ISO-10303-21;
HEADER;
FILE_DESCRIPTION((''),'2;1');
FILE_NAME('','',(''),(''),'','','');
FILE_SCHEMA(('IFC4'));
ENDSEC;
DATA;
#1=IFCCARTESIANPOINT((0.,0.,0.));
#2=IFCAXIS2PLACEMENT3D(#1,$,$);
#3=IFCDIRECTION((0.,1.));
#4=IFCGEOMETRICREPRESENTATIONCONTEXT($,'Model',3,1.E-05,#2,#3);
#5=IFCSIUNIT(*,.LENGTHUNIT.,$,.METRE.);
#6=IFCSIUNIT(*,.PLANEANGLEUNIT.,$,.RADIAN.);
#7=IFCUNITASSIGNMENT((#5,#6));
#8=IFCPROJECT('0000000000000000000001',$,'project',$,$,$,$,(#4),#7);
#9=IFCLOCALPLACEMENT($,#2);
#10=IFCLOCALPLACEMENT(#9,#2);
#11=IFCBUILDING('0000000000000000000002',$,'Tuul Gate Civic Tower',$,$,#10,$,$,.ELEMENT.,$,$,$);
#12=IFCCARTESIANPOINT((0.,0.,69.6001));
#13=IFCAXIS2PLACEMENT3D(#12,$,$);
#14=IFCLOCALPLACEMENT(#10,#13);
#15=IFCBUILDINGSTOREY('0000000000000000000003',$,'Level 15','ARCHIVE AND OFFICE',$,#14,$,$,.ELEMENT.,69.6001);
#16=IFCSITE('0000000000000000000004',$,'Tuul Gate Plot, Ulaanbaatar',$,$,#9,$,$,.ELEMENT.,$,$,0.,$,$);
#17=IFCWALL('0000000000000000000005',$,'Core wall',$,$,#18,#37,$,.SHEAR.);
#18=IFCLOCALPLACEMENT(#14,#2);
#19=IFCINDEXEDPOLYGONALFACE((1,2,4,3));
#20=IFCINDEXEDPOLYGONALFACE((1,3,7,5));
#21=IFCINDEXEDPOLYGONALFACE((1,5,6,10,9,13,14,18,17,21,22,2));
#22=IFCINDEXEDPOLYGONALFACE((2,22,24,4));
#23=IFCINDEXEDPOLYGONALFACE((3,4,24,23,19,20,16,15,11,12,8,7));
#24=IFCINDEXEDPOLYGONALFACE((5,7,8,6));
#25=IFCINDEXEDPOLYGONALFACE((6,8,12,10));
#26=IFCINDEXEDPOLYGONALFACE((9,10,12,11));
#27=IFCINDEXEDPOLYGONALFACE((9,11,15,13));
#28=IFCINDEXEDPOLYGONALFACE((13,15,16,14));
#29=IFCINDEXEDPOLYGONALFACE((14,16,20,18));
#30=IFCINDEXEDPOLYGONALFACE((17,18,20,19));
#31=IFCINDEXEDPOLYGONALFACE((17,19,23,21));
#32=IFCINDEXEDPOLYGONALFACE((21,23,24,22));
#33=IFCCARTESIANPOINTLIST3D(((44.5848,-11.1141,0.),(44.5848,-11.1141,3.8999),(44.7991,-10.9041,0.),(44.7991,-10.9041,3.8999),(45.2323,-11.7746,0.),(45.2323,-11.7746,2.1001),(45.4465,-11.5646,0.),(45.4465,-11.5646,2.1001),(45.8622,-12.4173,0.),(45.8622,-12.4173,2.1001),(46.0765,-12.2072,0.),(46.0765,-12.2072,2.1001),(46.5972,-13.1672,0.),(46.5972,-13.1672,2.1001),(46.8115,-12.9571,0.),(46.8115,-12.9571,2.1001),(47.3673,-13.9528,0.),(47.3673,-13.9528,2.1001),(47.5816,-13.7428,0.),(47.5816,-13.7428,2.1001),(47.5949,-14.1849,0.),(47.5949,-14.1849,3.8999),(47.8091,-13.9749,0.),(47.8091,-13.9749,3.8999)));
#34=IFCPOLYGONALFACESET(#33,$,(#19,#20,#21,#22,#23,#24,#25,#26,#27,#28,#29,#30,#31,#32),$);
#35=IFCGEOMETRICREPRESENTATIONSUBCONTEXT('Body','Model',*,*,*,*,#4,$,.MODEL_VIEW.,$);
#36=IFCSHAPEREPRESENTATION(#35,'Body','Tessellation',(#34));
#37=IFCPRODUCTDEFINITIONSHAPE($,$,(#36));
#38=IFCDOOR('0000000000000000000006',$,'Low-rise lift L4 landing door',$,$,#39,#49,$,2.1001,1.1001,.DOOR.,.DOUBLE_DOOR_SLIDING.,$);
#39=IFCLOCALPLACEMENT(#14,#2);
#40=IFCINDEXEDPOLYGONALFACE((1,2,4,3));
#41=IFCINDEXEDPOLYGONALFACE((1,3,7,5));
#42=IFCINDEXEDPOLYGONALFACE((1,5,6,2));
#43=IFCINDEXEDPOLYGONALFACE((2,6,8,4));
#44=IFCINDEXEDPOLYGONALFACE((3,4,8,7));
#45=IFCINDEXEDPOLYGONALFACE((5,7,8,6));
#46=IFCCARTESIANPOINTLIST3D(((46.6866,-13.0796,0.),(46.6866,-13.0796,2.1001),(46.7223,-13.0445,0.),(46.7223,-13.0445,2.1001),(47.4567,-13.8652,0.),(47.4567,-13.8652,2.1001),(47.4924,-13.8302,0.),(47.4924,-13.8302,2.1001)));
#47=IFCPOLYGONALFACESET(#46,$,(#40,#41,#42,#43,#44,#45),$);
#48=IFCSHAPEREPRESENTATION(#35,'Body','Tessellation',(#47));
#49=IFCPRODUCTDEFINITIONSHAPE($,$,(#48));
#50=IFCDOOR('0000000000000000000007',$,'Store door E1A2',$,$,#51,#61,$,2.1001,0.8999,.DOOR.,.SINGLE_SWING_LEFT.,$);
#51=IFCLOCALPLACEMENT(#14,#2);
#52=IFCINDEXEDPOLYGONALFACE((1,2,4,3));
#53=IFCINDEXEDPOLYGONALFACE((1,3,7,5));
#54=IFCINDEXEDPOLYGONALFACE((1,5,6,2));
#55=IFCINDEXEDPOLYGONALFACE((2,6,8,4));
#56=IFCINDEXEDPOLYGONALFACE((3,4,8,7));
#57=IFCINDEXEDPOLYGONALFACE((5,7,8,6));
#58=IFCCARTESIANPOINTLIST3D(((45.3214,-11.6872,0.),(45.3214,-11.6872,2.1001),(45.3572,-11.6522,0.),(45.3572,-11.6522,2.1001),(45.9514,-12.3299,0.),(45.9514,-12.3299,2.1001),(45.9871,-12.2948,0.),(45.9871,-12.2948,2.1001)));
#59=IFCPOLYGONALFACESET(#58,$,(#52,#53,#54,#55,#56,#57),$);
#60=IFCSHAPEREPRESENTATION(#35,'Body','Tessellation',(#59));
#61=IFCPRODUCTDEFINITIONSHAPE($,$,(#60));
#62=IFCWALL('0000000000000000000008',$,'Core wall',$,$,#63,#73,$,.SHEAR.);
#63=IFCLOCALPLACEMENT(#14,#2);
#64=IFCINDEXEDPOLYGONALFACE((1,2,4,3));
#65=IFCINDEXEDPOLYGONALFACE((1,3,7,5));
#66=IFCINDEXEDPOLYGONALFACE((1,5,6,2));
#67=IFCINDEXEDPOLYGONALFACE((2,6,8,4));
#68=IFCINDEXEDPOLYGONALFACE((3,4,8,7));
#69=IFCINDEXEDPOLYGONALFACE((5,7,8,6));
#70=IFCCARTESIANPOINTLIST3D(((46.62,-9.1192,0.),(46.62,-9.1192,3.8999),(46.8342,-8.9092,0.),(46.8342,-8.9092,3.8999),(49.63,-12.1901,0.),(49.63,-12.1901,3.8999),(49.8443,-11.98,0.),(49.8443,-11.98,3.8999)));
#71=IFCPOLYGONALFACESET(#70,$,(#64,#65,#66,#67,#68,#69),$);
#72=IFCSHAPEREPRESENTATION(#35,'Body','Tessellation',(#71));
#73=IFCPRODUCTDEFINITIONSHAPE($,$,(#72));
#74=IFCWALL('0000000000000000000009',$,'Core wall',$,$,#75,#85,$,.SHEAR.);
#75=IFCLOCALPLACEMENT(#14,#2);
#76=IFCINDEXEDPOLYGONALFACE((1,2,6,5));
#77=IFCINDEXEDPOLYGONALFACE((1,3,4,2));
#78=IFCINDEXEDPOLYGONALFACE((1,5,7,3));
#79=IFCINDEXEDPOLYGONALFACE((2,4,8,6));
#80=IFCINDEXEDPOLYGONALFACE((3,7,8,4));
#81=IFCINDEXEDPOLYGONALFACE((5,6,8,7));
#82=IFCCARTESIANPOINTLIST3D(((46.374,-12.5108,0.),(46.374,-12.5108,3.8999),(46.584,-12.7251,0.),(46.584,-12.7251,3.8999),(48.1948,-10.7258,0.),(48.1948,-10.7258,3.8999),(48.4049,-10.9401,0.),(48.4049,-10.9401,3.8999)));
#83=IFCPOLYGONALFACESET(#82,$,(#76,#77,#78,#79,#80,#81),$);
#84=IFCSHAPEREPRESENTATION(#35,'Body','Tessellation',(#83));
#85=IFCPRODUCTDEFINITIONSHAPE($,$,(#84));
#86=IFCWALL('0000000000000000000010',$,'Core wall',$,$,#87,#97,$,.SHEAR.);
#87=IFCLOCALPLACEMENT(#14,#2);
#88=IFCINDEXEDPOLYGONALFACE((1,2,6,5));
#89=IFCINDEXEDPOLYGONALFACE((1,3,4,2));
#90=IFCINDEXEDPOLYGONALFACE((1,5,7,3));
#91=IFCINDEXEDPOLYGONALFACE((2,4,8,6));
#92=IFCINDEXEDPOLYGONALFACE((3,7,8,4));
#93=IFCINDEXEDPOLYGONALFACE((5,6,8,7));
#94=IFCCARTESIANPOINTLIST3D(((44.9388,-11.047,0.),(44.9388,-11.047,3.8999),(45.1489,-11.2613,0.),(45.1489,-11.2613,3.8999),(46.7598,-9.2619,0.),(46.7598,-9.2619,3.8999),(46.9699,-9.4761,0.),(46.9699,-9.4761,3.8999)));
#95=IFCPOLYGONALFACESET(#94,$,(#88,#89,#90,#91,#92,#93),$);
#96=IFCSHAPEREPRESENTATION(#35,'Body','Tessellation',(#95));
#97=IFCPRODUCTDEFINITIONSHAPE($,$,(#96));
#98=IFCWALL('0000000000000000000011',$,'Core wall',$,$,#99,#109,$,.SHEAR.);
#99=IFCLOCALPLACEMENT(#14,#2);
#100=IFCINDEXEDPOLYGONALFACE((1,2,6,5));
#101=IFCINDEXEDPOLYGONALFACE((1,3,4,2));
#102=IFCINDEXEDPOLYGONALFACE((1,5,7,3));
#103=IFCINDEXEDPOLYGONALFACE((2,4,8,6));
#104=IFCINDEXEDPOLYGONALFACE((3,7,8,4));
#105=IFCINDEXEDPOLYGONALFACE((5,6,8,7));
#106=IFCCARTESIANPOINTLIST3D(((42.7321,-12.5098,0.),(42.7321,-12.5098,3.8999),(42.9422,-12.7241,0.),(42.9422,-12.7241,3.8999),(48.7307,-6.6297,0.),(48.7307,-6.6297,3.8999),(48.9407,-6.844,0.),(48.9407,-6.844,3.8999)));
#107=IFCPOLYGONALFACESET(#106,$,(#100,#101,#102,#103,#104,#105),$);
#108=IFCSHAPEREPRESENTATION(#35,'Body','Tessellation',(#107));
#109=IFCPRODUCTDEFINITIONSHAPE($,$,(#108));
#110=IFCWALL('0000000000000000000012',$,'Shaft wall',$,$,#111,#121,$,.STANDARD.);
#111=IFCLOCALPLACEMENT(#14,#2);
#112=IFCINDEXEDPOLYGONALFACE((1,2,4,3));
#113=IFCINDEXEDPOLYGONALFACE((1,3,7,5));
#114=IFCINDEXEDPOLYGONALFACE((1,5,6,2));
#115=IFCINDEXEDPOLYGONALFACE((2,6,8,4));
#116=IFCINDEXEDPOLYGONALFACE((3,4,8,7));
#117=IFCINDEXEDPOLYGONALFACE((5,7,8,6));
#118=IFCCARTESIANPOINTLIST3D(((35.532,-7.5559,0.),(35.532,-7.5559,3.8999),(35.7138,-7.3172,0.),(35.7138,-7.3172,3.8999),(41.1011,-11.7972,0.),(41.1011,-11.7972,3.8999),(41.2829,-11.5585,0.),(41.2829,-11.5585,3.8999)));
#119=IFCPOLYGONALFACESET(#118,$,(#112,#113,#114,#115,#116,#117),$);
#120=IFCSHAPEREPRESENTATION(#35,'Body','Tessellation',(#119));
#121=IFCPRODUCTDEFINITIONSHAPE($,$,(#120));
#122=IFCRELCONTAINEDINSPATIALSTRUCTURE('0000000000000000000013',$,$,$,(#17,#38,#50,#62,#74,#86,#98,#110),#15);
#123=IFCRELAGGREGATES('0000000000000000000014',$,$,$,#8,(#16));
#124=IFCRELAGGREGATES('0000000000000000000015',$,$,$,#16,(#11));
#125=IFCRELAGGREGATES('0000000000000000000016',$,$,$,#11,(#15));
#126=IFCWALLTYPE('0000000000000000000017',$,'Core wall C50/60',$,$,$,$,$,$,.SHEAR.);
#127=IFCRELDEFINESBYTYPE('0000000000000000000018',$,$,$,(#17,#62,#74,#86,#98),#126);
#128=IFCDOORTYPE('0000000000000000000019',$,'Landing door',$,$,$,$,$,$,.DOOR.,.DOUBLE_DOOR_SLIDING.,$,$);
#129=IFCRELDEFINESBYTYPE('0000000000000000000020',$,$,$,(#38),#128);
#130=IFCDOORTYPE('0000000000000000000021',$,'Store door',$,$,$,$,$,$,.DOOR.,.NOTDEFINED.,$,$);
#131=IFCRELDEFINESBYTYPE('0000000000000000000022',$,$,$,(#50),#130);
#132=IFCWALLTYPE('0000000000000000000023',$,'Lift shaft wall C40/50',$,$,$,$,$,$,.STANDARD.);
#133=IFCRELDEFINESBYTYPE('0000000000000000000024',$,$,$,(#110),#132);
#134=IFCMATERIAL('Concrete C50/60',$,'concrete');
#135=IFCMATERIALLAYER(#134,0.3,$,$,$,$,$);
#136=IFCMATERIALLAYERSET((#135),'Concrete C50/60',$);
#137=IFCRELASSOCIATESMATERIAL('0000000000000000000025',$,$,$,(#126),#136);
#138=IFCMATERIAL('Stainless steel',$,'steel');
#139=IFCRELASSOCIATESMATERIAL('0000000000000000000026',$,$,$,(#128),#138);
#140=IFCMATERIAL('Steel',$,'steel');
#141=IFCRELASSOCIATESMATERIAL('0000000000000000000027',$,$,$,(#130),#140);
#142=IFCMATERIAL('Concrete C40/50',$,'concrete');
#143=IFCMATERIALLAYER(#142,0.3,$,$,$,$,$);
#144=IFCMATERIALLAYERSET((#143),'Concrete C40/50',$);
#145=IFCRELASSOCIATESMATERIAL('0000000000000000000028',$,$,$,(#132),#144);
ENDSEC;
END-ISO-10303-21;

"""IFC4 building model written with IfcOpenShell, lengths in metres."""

from ifc_helpers import new_model, si_unit, direction, frame, frame_2d, origin, place, context, subcontext, project, spatial, rectangle, extrude, material, layer, layer_set, type_object, element, fill, save


model = new_model("IFC4")

# Units and contexts
model_context = context("Model", 3, precision=1e-05, world=origin(), true_north=direction((0.0, 1.0)))
body_context = subcontext(model_context, "Body", "Model", "MODEL_VIEW")
ifc_project = project(units=[si_unit("LENGTHUNIT", "METRE"), si_unit("PLANEANGLEUNIT", "RADIAN")], contexts=[model_context])

# Site, building, storey
site_placement = place(None, origin())
site = spatial("IfcSite", under=ifc_project, at=site_placement, Name="Tuul Gate Plot, Ulaanbaatar", CompositionType="ELEMENT", RefElevation=0.0)
building_placement = place(site_placement, origin())
building = spatial("IfcBuilding", under=site, at=building_placement, Name="Tuul Gate Civic Tower", CompositionType="ELEMENT")
storey_placement = place(building_placement, frame((0.0, 0.0, 69.6001)))
storey = spatial("IfcBuildingStorey", under=building, at=storey_placement, Name="Level 15", Description="ARCHIVE AND OFFICE", CompositionType="ELEMENT", Elevation=69.6001)

# Wall, openings, doors
ifc_material_1 = material(Name="Concrete C50/60", Category="concrete")
ifc_layer_1 = layer(ifc_material_1, 0.3)
ifc_layer_set_1 = layer_set([ifc_layer_1], Name="Concrete C50/60")
wall_type_1 = type_object("IfcWallType", Name="Core wall C50/60", PredefinedType="SHEAR", material=ifc_layer_set_1)
wall_1_placement = place(storey_placement, frame((47.7019, -14.0798, 0.0), z_axis=(0.0, 0.0, 1.0), x_axis=(-0.700003, 0.71414, 0.0)))
wall_1 = element("IfcWall", 1, at=wall_1_placement, inside=storey, type_object=wall_type_1, Name="Core wall", PredefinedType="SHEAR", context=body_context, shape_type="SweptSolid", body=[
    extrude(rectangle(XDim=4.3, YDim=0.3, at=frame_2d((2.1499, 0.0))), origin(), (0.0, 0.0, 1.0), 3.8999),
])
opening_1_placement = place(wall_1_placement, frame((0.325, 0.0, 0.0)))
opening_1 = element("IfcOpeningElement", 2, at=opening_1_placement, cuts=wall_1, PredefinedType="OPENING", context=body_context, shape_type="SweptSolid", body=[
    extrude(rectangle(XDim=1.1001, YDim=2.1001, at=frame_2d((0.55, 1.05))), frame((0.0, 0.1602, 0.0), z_axis=(0.0, -1.0, 0.0), x_axis=(1.0, 0.0, 0.0)), (0.0, 0.0, 1.0), 0.3201),
])
opening_2_placement = place(wall_1_placement, frame((2.4751, 0.0, 0.0)))
opening_2 = element("IfcOpeningElement", 3, at=opening_2_placement, cuts=wall_1, PredefinedType="OPENING", context=body_context, shape_type="SweptSolid", body=[
    extrude(rectangle(XDim=0.8999, YDim=2.1001, at=frame_2d((0.45, 1.05))), frame((0.0, 0.1602, 0.0), z_axis=(0.0, -1.0, 0.0), x_axis=(1.0, 0.0, 0.0)), (0.0, 0.0, 1.0), 0.3201),
])
ifc_material_2 = material(Name="Stainless steel", Category="steel")
door_type_1 = type_object("IfcDoorType", Name="Landing door", OperationType="DOUBLE_DOOR_SLIDING", PredefinedType="DOOR", material=ifc_material_2)
door_1_placement = place(opening_1_placement, origin())
door_1 = element("IfcDoor", 4, at=door_1_placement, inside=storey, type_object=door_type_1, Name="Low-rise lift L4 landing door", OperationType="DOUBLE_DOOR_SLIDING", OverallHeight=2.1001, OverallWidth=1.1001, PredefinedType="DOOR", context=body_context, shape_type="SweptSolid", body=[
    extrude(rectangle(XDim=1.1001, YDim=2.1001, at=frame_2d((0.55, 1.05))), frame((0.0, 0.0249, 0.0), z_axis=(0.0, -1.0, 0.0), x_axis=(1.0, 0.0, 0.0)), (0.0, 0.0, 1.0), 0.05),
])
fill(opening_1, door_1)
ifc_material_3 = material(Name="Steel", Category="steel")
door_type_2 = type_object("IfcDoorType", Name="Store door", OperationType="NOTDEFINED", PredefinedType="DOOR", material=ifc_material_3)
door_2_placement = place(opening_2_placement, frame((0.8999, 0.0, 0.0), z_axis=(0.0, 0.0, 1.0), x_axis=(-1.0, 0.0, 0.0)))
door_2 = element("IfcDoor", 5, at=door_2_placement, inside=storey, type_object=door_type_2, Name="Store door E1A2", OperationType="SINGLE_SWING_LEFT", OverallHeight=2.1001, OverallWidth=0.8999, PredefinedType="DOOR", context=body_context, shape_type="SweptSolid", body=[
    extrude(rectangle(XDim=0.8999, YDim=2.1001, at=frame_2d((0.45, 1.05))), frame((0.0, 0.0249, 0.0), z_axis=(0.0, -1.0, 0.0), x_axis=(1.0, 0.0, 0.0)), (0.0, 0.0, 1.0), 0.05),
])
fill(opening_2, door_2)

# Walls
wall_2_placement = place(storey_placement, frame((49.7371, -12.085, 0.0), z_axis=(0.0, 0.0, 1.0), x_axis=(-0.700003, 0.71414, 0.0)))
element("IfcWall", 6, at=wall_2_placement, inside=storey, type_object=wall_type_1, Name="Core wall", PredefinedType="SHEAR", context=body_context, shape_type="SweptSolid", body=[
    extrude(rectangle(XDim=4.3, YDim=0.3, at=frame_2d((2.1499, 0.0))), origin(), (0.0, 0.0, 1.0), 3.8999),
])
wall_3_placement = place(storey_placement, frame((46.479, -12.6179, 0.0), z_axis=(0.0, 0.0, 1.0), x_axis=(0.714109, 0.700034, 0.0)))
element("IfcWall", 7, at=wall_3_placement, inside=storey, type_object=wall_type_1, Name="Core wall", PredefinedType="SHEAR", context=body_context, shape_type="SweptSolid", body=[
    extrude(rectangle(XDim=2.5498, YDim=0.3, at=frame_2d((1.2749, 0.0))), origin(), (0.0, 0.0, 1.0), 3.8999),
])
wall_4_placement = place(storey_placement, frame((45.0439, -11.1541, 0.0), z_axis=(0.0, 0.0, 1.0), x_axis=(0.714108, 0.700035, 0.0)))
element("IfcWall", 8, at=wall_4_placement, inside=storey, type_object=wall_type_1, Name="Core wall", PredefinedType="SHEAR", context=body_context, shape_type="SweptSolid", body=[
    extrude(rectangle(XDim=2.55, YDim=0.3, at=frame_2d((1.2749, 0.0))), origin(), (0.0, 0.0, 1.0), 3.8999),
])
wall_5_placement = place(storey_placement, frame((42.8372, -12.6169, 0.0), z_axis=(0.0, 0.0, 1.0), x_axis=(0.71412, 0.700023, 0.0)))
element("IfcWall", 9, at=wall_5_placement, inside=storey, type_object=wall_type_1, Name="Core wall", PredefinedType="SHEAR", context=body_context, shape_type="SweptSolid", body=[
    extrude(rectangle(XDim=8.3999, YDim=0.3, at=frame_2d((4.2, 0.0))), origin(), (0.0, 0.0, 1.0), 3.8999),
])
ifc_material_4 = material(Name="Concrete C40/50", Category="concrete")
ifc_layer_2 = layer(ifc_material_4, 0.3)
ifc_layer_set_2 = layer_set([ifc_layer_2], Name="Concrete C40/50")
wall_type_2 = type_object("IfcWallType", Name="Lift shaft wall C40/50", PredefinedType="STANDARD", material=ifc_layer_set_2)
wall_6_placement = place(storey_placement, frame((41.1919, -11.6777, 0.0), z_axis=(0.0, 0.0, 1.0), x_axis=(-0.795563, 0.605871, 0.0)))
element("IfcWall", 10, at=wall_6_placement, inside=storey, type_object=wall_type_2, Name="Shaft wall", PredefinedType="STANDARD", context=body_context, shape_type="SweptSolid", body=[
    extrude(rectangle(XDim=7.0002, YDim=0.3, at=frame_2d((3.5, 0.0))), origin(), (0.0, 0.0, 1.0), 3.8999),
])

save(model, "model.ifc")
